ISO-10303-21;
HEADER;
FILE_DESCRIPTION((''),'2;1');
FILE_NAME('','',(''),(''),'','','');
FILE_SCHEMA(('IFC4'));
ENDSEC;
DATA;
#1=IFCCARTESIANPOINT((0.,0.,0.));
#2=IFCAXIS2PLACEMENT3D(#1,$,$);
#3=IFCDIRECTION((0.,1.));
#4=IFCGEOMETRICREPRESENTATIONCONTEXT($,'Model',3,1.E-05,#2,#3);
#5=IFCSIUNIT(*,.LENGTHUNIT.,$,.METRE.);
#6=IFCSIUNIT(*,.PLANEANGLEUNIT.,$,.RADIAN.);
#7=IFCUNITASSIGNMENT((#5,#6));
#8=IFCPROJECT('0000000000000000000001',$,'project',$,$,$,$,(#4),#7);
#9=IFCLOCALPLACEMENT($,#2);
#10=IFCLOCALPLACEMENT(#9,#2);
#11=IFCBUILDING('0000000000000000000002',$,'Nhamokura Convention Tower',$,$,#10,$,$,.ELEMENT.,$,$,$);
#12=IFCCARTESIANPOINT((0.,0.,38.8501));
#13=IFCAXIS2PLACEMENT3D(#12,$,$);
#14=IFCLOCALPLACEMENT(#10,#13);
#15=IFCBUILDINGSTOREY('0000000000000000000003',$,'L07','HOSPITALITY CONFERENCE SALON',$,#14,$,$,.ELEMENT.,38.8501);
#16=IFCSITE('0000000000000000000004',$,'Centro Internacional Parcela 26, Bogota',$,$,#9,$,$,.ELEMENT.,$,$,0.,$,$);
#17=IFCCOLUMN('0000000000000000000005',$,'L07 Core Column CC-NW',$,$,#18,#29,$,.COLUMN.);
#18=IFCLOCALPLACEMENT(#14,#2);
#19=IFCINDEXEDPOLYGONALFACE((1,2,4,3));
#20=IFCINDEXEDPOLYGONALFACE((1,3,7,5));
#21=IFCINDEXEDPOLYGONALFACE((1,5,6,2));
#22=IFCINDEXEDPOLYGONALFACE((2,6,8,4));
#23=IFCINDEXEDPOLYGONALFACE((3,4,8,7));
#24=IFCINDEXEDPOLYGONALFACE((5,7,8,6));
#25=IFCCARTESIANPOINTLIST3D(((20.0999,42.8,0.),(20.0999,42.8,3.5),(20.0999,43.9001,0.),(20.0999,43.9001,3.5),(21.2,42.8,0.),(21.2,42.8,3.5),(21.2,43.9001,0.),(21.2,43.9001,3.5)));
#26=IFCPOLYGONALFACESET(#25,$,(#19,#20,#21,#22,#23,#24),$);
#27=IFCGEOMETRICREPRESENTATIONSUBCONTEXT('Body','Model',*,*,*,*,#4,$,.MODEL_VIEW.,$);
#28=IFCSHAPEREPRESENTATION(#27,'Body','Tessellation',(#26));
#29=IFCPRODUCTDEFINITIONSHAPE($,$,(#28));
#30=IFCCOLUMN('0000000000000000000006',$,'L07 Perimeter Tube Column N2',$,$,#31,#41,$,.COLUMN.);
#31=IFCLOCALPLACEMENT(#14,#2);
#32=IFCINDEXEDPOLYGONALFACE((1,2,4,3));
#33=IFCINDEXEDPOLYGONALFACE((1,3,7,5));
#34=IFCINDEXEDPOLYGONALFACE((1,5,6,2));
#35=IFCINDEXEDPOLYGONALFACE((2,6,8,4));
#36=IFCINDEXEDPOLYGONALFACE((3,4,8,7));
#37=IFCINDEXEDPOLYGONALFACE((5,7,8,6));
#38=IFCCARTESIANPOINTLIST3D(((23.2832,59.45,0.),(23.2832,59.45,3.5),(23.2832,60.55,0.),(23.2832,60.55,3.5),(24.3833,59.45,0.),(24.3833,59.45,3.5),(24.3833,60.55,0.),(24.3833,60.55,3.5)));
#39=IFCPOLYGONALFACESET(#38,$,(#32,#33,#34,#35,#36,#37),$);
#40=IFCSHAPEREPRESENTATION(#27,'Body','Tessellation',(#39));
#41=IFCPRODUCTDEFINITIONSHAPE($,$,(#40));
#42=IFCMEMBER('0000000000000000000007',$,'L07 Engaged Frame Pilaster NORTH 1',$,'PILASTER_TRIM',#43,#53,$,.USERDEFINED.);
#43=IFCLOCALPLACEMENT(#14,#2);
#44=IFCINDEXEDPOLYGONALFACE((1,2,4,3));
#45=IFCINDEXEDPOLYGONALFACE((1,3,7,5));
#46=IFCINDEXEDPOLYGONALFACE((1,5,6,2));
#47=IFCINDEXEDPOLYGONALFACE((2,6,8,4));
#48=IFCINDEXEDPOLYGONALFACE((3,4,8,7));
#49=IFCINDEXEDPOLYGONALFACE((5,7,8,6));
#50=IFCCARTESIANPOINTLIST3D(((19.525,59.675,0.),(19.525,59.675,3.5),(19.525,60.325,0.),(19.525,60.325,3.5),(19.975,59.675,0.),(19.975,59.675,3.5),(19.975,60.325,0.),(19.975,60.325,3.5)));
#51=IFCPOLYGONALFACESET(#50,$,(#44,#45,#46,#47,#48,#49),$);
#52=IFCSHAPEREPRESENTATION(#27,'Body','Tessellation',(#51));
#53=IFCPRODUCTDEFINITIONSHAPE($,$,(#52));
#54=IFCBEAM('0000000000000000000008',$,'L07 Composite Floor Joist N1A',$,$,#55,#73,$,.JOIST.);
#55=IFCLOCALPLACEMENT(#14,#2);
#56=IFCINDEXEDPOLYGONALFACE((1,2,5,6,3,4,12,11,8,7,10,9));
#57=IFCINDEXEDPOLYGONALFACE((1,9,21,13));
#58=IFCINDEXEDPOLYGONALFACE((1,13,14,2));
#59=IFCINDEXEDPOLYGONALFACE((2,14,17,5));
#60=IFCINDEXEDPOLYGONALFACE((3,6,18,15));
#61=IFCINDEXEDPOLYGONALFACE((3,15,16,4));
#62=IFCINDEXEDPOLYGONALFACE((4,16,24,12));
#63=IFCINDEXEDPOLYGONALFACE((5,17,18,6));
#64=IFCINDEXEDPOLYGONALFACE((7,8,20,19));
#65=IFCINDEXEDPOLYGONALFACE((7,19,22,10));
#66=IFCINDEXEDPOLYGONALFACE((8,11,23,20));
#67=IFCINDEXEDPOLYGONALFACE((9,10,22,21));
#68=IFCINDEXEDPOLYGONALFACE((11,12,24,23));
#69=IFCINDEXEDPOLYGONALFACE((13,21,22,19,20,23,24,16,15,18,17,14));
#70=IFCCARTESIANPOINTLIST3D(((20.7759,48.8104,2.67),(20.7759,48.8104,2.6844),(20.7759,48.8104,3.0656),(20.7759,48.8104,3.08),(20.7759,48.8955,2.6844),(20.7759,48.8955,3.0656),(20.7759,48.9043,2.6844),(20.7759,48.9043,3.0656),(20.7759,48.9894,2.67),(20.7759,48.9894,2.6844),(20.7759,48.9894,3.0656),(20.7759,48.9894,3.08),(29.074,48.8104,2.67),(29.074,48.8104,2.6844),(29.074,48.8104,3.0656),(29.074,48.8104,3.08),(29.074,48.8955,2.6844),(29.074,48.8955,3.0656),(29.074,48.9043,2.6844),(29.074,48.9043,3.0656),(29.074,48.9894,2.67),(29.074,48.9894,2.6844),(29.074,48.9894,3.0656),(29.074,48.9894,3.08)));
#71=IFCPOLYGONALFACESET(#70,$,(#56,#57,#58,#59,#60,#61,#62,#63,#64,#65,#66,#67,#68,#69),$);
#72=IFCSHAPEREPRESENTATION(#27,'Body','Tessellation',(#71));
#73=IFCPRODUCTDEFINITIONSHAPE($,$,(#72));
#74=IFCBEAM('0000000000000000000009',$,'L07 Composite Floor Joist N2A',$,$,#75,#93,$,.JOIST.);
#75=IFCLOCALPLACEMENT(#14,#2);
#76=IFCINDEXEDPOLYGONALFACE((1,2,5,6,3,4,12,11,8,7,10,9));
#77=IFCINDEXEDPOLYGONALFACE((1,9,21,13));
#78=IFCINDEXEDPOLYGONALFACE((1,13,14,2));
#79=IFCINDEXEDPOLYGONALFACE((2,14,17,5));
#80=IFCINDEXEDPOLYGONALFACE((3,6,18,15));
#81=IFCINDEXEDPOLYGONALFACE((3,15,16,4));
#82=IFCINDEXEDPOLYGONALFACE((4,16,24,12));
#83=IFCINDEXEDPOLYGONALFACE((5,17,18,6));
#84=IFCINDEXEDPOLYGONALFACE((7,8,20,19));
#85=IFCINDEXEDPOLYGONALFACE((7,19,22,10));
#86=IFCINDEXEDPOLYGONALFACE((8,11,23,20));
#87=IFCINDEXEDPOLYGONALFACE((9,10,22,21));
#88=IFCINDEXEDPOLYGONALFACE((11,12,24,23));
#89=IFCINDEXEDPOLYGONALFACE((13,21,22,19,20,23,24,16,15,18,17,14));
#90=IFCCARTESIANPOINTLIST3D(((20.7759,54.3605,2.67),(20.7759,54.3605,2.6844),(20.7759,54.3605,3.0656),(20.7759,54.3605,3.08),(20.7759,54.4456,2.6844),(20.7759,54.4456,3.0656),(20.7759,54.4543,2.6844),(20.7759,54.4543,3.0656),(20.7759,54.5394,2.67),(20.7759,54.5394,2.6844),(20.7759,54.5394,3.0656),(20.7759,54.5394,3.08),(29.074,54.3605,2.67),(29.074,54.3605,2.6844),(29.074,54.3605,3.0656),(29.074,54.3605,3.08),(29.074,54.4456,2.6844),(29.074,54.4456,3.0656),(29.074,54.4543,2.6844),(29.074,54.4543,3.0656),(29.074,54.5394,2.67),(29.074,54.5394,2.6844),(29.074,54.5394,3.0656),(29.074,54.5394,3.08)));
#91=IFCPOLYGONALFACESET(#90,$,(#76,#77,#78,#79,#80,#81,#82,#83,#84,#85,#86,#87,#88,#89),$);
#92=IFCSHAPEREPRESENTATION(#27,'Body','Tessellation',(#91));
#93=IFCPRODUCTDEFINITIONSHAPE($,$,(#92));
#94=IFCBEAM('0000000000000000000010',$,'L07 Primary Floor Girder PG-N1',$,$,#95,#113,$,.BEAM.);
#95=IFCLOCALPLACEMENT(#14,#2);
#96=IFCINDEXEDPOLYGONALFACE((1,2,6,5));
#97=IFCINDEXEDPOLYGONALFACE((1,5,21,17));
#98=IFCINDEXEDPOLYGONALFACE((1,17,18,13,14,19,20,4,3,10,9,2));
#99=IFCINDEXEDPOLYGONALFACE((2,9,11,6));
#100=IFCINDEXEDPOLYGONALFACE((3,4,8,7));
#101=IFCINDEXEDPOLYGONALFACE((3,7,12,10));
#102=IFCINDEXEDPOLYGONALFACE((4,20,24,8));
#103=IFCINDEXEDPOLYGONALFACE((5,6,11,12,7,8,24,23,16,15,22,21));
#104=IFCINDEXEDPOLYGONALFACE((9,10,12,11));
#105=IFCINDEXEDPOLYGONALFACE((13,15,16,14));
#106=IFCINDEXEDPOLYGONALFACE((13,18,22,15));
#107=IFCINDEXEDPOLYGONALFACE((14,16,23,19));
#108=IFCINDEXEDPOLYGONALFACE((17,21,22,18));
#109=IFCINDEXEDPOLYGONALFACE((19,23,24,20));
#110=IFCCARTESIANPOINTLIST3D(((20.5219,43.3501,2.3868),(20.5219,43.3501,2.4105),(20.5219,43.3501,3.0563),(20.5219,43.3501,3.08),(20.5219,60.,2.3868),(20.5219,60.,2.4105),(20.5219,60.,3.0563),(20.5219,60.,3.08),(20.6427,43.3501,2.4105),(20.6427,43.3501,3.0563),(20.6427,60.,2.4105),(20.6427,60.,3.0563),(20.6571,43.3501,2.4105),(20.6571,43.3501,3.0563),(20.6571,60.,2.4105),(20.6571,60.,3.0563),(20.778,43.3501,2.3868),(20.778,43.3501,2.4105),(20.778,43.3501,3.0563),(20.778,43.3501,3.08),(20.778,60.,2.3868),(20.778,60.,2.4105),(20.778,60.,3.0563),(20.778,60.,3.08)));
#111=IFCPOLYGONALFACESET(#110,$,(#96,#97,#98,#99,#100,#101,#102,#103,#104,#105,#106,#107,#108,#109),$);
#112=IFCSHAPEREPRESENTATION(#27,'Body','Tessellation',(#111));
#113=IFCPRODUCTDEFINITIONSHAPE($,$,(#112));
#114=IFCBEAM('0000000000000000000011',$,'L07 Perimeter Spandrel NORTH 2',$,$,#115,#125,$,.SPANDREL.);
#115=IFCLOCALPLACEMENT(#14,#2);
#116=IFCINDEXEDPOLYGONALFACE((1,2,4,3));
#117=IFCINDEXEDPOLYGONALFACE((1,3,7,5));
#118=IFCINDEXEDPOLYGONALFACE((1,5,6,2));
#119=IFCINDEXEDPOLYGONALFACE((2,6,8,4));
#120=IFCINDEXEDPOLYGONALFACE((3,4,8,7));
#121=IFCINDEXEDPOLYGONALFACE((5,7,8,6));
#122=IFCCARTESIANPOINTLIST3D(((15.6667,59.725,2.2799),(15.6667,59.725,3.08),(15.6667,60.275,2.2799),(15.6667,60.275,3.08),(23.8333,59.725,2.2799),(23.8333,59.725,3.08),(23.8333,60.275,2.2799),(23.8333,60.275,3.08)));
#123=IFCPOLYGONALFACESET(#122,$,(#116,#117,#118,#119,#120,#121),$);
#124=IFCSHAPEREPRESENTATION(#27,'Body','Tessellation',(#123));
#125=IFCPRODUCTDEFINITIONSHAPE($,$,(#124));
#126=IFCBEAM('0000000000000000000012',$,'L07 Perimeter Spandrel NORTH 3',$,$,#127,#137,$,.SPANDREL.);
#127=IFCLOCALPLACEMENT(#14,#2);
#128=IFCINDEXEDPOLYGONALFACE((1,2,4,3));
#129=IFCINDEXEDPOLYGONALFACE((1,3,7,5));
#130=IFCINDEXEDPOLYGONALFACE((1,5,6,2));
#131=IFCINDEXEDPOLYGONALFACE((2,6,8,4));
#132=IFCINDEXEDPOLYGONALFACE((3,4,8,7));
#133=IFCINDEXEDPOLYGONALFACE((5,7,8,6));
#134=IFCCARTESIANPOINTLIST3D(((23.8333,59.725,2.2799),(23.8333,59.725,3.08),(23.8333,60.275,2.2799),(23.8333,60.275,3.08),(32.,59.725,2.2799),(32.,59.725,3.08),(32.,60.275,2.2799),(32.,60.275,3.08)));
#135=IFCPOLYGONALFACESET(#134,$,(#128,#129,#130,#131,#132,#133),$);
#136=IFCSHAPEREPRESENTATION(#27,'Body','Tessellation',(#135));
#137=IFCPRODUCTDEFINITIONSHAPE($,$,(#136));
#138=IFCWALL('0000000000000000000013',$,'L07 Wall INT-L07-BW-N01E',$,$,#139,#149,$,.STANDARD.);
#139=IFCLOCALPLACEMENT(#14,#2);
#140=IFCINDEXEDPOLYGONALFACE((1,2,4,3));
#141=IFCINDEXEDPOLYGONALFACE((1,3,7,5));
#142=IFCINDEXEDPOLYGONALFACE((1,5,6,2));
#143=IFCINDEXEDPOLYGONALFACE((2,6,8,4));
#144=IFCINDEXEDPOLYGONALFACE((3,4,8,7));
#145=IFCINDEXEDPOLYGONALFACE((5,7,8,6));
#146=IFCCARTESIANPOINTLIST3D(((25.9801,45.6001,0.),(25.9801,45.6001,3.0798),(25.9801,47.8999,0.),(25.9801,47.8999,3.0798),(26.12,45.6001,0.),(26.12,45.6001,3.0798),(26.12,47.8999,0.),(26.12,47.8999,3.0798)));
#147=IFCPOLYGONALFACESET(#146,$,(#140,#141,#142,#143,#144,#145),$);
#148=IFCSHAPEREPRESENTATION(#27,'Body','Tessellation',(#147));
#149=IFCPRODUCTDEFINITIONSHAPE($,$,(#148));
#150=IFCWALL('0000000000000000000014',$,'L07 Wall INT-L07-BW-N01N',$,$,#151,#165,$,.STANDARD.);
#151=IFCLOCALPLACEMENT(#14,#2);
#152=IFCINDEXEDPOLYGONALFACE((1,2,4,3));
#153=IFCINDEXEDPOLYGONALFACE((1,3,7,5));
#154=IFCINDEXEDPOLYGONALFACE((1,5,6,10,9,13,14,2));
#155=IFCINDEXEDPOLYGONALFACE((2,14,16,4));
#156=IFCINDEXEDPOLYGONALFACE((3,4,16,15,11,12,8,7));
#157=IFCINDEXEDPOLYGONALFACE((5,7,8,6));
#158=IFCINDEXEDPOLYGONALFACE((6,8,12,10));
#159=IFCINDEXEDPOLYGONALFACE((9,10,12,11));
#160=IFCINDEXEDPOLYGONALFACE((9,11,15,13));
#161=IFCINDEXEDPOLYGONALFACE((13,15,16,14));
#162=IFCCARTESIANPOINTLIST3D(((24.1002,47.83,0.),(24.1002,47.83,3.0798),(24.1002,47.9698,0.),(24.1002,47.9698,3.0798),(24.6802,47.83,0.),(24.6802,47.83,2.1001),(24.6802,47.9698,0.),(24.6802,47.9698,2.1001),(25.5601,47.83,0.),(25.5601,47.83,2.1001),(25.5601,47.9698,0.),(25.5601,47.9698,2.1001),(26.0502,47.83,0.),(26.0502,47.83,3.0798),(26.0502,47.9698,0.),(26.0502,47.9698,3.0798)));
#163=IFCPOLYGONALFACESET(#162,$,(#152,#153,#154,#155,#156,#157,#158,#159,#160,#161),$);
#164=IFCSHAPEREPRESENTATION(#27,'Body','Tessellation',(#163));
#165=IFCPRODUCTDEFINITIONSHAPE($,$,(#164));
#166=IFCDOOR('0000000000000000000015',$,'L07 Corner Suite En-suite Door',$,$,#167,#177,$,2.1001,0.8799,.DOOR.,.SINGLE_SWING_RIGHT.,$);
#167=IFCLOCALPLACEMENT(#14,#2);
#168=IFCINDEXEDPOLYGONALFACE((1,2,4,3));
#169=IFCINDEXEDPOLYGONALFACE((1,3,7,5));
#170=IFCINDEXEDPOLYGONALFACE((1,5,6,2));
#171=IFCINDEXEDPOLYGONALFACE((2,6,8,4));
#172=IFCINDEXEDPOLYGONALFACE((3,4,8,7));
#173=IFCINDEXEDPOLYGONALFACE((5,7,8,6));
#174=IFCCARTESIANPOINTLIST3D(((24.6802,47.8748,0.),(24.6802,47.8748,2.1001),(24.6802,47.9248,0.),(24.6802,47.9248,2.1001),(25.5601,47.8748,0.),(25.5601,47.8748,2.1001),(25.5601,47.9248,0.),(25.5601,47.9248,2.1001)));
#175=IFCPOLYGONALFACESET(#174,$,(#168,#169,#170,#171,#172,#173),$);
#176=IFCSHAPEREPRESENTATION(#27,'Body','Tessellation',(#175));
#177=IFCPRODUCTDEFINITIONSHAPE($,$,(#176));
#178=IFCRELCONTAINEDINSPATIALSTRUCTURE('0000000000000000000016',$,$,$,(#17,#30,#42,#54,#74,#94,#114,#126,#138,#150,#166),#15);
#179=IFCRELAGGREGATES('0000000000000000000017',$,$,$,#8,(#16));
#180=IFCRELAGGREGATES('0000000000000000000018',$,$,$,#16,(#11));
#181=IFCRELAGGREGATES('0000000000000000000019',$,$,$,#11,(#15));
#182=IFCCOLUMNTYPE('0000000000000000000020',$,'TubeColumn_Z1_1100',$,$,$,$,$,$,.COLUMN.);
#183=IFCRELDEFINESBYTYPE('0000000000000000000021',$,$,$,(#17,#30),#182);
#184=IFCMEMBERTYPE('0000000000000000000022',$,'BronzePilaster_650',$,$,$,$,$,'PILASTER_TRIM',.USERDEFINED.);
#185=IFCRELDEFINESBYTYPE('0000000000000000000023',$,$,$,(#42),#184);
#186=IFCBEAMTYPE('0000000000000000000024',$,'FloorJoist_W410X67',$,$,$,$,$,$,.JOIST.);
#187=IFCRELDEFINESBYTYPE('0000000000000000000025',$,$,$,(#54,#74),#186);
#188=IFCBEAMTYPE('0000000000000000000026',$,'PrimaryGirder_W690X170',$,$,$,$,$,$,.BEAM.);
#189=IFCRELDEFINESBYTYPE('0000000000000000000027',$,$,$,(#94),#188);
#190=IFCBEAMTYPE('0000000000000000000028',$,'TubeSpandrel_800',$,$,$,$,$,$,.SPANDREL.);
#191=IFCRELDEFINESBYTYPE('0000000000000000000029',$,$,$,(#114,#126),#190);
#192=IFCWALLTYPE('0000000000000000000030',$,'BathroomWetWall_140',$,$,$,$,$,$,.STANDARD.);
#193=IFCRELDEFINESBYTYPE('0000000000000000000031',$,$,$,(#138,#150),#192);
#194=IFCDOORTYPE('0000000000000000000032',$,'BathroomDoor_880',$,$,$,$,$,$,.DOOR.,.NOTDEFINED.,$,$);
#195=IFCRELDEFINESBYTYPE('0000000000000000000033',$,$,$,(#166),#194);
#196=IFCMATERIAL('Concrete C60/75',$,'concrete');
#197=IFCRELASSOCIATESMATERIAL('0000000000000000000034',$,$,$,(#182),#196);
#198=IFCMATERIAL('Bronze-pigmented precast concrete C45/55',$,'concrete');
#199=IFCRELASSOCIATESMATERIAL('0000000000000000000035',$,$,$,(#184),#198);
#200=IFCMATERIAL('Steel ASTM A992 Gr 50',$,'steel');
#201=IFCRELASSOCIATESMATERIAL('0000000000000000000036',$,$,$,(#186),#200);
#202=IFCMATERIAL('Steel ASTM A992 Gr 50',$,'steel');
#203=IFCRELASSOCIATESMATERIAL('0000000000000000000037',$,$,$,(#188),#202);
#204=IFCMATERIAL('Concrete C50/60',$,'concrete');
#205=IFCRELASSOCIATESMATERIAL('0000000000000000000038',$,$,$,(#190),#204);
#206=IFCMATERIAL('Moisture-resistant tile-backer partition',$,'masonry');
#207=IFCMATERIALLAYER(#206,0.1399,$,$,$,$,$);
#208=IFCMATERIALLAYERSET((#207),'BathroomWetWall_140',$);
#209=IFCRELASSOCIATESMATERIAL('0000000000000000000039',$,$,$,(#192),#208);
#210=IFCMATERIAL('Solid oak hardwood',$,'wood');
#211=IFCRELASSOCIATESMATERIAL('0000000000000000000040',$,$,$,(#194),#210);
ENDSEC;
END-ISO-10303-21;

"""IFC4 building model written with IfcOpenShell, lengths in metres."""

from ifc_helpers import new_model, si_unit, direction, frame, frame_2d, origin, origin_2d, place, context, subcontext, project, spatial, rectangle, i_section, extrude, material, layer, layer_set, material_profile, profile_set, type_object, element, fill, save


model = new_model("IFC4")

# Units and contexts
model_context = context("Model", 3, precision=1e-05, world=origin(), true_north=direction((0.0, 1.0)))
body_context = subcontext(model_context, "Body", "Model", "MODEL_VIEW")
ifc_project = project(units=[si_unit("LENGTHUNIT", "METRE"), si_unit("PLANEANGLEUNIT", "RADIAN")], contexts=[model_context])

# Site, building, storey
site_placement = place(None, origin())
site = spatial("IfcSite", under=ifc_project, at=site_placement, Name="Centro Internacional Parcela 26, Bogota", CompositionType="ELEMENT", RefElevation=0.0)
building_placement = place(site_placement, origin())
building = spatial("IfcBuilding", under=site, at=building_placement, Name="Nhamokura Convention Tower", CompositionType="ELEMENT")
storey_placement = place(building_placement, frame((0.0, 0.0, 38.8501)))
storey = spatial("IfcBuildingStorey", under=building, at=storey_placement, Name="L07", Description="HOSPITALITY CONFERENCE SALON", CompositionType="ELEMENT", Elevation=38.8501)

# Columns
ifc_material_1 = material(Name="Concrete C60/75", Category="concrete")
ifc_material_profile_1 = material_profile(ifc_material_1, rectangle(XDim=1.1001, YDim=1.1001, at=origin_2d()))
ifc_profile_set_1 = profile_set([ifc_material_profile_1], Name="Concrete C60/75")
column_type = type_object("IfcColumnType", Name="TubeColumn_Z1_1100", PredefinedType="COLUMN", material=ifc_profile_set_1)
for number, where, z_axis, x_axis, name in (
    (1, (20.6499, 43.3501, 0.0), (0.0, 0.0, 1.0), (1.0, 0.0, 0.0), "L07 Core Column CC-NW"),
    (2, (23.8333, 60.0, 0.0), (0.0, 0.0, 1.0), (1.0, 0.0, 0.0), "L07 Perimeter Tube Column N2"),
):
    element("IfcColumn", number, at=place(storey_placement, frame(where, z_axis=z_axis, x_axis=x_axis)), inside=storey, type_object=column_type, Name=name, PredefinedType="COLUMN", context=body_context, shape_type="SweptSolid", body=[
        extrude(rectangle(XDim=1.1001, YDim=1.1001, at=origin_2d()), origin(), (0.0, 0.0, 1.0), 3.5),
    ])

# Member
ifc_material_2 = material(Name="Bronze-pigmented precast concrete C45/55", Category="concrete")
ifc_material_profile_2 = material_profile(ifc_material_2, rectangle(XDim=0.45, YDim=0.6499, at=origin_2d()))
ifc_profile_set_2 = profile_set([ifc_material_profile_2], Name="Bronze-pigmented precast concrete C45/55")
member_type = type_object("IfcMemberType", Name="BronzePilaster_650", ElementType="PILASTER_TRIM", PredefinedType="USERDEFINED", material=ifc_profile_set_2)
member_placement = place(storey_placement, frame((19.75, 60.0, 0.0), z_axis=(0.0, 0.0, 1.0), x_axis=(1.0, 0.0, 0.0)))
element("IfcMember", 3, at=member_placement, inside=storey, type_object=member_type, Name="L07 Engaged Frame Pilaster NORTH 1", ObjectType="PILASTER_TRIM", PredefinedType="USERDEFINED", context=body_context, shape_type="SweptSolid", body=[
    extrude(rectangle(XDim=0.45, YDim=0.6499, at=origin_2d()), origin(), (0.0, 0.0, 1.0), 3.5),
])

# Beams
ifc_material_3 = material(Name="Steel ASTM A992 Gr 50", Category="steel")
ifc_material_profile_3 = material_profile(ifc_material_3, i_section(OverallWidth=0.179, OverallDepth=0.4099, WebThickness=0.0088, FlangeThickness=0.0144, at=origin_2d()))
ifc_profile_set_3 = profile_set([ifc_material_profile_3], Name="Steel ASTM A992 Gr 50")
beam_type_1 = type_object("IfcBeamType", Name="FloorJoist_W410X67", PredefinedType="JOIST", material=ifc_profile_set_3)
for number, where, z_axis, x_axis, name in (
    (4, (20.7759, 48.8999, 2.875), (1.0, 0.0, 0.0), (0.0, 1.0, 0.0), "L07 Composite Floor Joist N1A"),
    (5, (20.7759, 54.45, 2.875), (1.0, 0.0, 0.0), (0.0, 1.0, 0.0), "L07 Composite Floor Joist N2A"),
):
    element("IfcBeam", number, at=place(storey_placement, frame(where, z_axis=z_axis, x_axis=x_axis)), inside=storey, type_object=beam_type_1, Name=name, PredefinedType="JOIST", context=body_context, shape_type="SweptSolid", body=[
        extrude(i_section(OverallWidth=0.179, OverallDepth=0.4099, WebThickness=0.0088, FlangeThickness=0.0144, at=origin_2d()), origin(), (0.0, 0.0, 1.0), 8.2981),
    ])
ifc_material_4 = material(Name="Steel ASTM A992 Gr 50", Category="steel")
ifc_material_profile_4 = material_profile(ifc_material_4, i_section(OverallWidth=0.2561, OverallDepth=0.6931, WebThickness=0.0144, FlangeThickness=0.0237, at=origin_2d()))
ifc_profile_set_4 = profile_set([ifc_material_profile_4], Name="Steel ASTM A992 Gr 50")
beam_type_2 = type_object("IfcBeamType", Name="PrimaryGirder_W690X170", PredefinedType="BEAM", material=ifc_profile_set_4)
beam_1_placement = place(storey_placement, frame((20.6499, 43.3501, 2.7334), z_axis=(0.0, 1.0, 0.0), x_axis=(-1.0, 0.0, 0.0)))
element("IfcBeam", 6, at=beam_1_placement, inside=storey, type_object=beam_type_2, Name="L07 Primary Floor Girder PG-N1", PredefinedType="BEAM", context=body_context, shape_type="SweptSolid", body=[
    extrude(i_section(OverallWidth=0.2561, OverallDepth=0.6931, WebThickness=0.0144, FlangeThickness=0.0237, at=origin_2d()), origin(), (0.0, 0.0, 1.0), 16.6499),
])
ifc_material_5 = material(Name="Concrete C50/60", Category="concrete")
ifc_material_profile_5 = material_profile(ifc_material_5, rectangle(XDim=0.55, YDim=0.8, at=origin_2d()))
ifc_profile_set_5 = profile_set([ifc_material_profile_5], Name="Concrete C50/60")
beam_type_3 = type_object("IfcBeamType", Name="TubeSpandrel_800", PredefinedType="SPANDREL", material=ifc_profile_set_5)
beam_2_placement = place(storey_placement, frame((15.6667, 60.0, 2.6799), z_axis=(1.0, 0.0, 0.0), x_axis=(0.0, 1.0, 0.0)))
element("IfcBeam", 7, at=beam_2_placement, inside=storey, type_object=beam_type_3, Name="L07 Perimeter Spandrel NORTH 2", PredefinedType="SPANDREL", context=body_context, shape_type="SweptSolid", body=[
    extrude(rectangle(XDim=0.55, YDim=0.8, at=origin_2d()), origin(), (0.0, 0.0, 1.0), 8.1665),
])
beam_3_placement = place(storey_placement, frame((23.8333, 60.0, 2.6799), z_axis=(1.0, 0.0, 0.0), x_axis=(0.0, 1.0, 0.0)))
element("IfcBeam", 8, at=beam_3_placement, inside=storey, type_object=beam_type_3, Name="L07 Perimeter Spandrel NORTH 3", PredefinedType="SPANDREL", context=body_context, shape_type="SweptSolid", body=[
    extrude(rectangle(XDim=0.55, YDim=0.8, at=origin_2d()), origin(), (0.0, 0.0, 1.0), 8.1667),
])

# Wall
ifc_material_6 = material(Name="Moisture-resistant tile-backer partition", Category="masonry")
ifc_layer_1 = layer(ifc_material_6, 0.1399)
ifc_layer_set_1 = layer_set([ifc_layer_1], Name="BathroomWetWall_140")
wall_type_1 = type_object("IfcWallType", Name="BathroomWetWall_140", PredefinedType="STANDARD", material=ifc_layer_set_1)
wall_1_placement = place(storey_placement, frame((26.05, 45.6001, 0.0), z_axis=(0.0, 0.0, 1.0), x_axis=(0.0, 1.0, 0.0)))
element("IfcWall", 9, at=wall_1_placement, inside=storey, type_object=wall_type_1, Name="L07 Wall INT-L07-BW-N01E", PredefinedType="STANDARD", context=body_context, shape_type="SweptSolid", body=[
    extrude(rectangle(XDim=2.2998, YDim=0.1399, at=frame_2d((1.1499, 0.0))), origin(), (0.0, 0.0, 1.0), 3.0798),
])

# Wall, opening, door
wall_2_placement = place(storey_placement, frame((24.1001, 47.8999, 0.0), z_axis=(0.0, 0.0, 1.0), x_axis=(1.0, 0.0, 0.0)))
wall_2 = element("IfcWall", 10, at=wall_2_placement, inside=storey, type_object=wall_type_1, Name="L07 Wall INT-L07-BW-N01N", PredefinedType="STANDARD", context=body_context, shape_type="SweptSolid", body=[
    extrude(rectangle(XDim=1.95, YDim=0.1399, at=frame_2d((0.9751, 0.0))), origin(), (0.0, 0.0, 1.0), 3.0798),
])
opening_1_placement = place(wall_2_placement, frame((0.5801, 0.0, 0.0)))
opening_1 = element("IfcOpeningElement", 11, at=opening_1_placement, cuts=wall_2, PredefinedType="OPENING", context=body_context, shape_type="SweptSolid", body=[
    extrude(rectangle(XDim=0.8799, YDim=2.1001, at=frame_2d((0.4399, 1.05))), frame((0.0, 0.0798, 0.0), z_axis=(0.0, -1.0, 0.0), x_axis=(1.0, 0.0, 0.0)), (0.0, 0.0, 1.0), 0.1599),
])
ifc_material_7 = material(Name="Solid oak hardwood", Category="wood")
door_type_1 = type_object("IfcDoorType", Name="BathroomDoor_880", OperationType="NOTDEFINED", PredefinedType="DOOR", material=ifc_material_7)
door_1_placement = place(opening_1_placement, origin())
door_1 = element("IfcDoor", 12, at=door_1_placement, inside=storey, type_object=door_type_1, Name="L07 Corner Suite En-suite Door", OperationType="SINGLE_SWING_RIGHT", OverallHeight=2.1001, OverallWidth=0.8799, PredefinedType="DOOR", context=body_context, shape_type="SweptSolid", body=[
    extrude(rectangle(XDim=0.8799, YDim=2.1001, at=frame_2d((0.4399, 1.05))), frame((0.0, 0.0249, 0.0), z_axis=(0.0, -1.0, 0.0), x_axis=(1.0, 0.0, 0.0)), (0.0, 0.0, 1.0), 0.05),
])
fill(opening_1, door_1)

save(model, "model.ifc")
